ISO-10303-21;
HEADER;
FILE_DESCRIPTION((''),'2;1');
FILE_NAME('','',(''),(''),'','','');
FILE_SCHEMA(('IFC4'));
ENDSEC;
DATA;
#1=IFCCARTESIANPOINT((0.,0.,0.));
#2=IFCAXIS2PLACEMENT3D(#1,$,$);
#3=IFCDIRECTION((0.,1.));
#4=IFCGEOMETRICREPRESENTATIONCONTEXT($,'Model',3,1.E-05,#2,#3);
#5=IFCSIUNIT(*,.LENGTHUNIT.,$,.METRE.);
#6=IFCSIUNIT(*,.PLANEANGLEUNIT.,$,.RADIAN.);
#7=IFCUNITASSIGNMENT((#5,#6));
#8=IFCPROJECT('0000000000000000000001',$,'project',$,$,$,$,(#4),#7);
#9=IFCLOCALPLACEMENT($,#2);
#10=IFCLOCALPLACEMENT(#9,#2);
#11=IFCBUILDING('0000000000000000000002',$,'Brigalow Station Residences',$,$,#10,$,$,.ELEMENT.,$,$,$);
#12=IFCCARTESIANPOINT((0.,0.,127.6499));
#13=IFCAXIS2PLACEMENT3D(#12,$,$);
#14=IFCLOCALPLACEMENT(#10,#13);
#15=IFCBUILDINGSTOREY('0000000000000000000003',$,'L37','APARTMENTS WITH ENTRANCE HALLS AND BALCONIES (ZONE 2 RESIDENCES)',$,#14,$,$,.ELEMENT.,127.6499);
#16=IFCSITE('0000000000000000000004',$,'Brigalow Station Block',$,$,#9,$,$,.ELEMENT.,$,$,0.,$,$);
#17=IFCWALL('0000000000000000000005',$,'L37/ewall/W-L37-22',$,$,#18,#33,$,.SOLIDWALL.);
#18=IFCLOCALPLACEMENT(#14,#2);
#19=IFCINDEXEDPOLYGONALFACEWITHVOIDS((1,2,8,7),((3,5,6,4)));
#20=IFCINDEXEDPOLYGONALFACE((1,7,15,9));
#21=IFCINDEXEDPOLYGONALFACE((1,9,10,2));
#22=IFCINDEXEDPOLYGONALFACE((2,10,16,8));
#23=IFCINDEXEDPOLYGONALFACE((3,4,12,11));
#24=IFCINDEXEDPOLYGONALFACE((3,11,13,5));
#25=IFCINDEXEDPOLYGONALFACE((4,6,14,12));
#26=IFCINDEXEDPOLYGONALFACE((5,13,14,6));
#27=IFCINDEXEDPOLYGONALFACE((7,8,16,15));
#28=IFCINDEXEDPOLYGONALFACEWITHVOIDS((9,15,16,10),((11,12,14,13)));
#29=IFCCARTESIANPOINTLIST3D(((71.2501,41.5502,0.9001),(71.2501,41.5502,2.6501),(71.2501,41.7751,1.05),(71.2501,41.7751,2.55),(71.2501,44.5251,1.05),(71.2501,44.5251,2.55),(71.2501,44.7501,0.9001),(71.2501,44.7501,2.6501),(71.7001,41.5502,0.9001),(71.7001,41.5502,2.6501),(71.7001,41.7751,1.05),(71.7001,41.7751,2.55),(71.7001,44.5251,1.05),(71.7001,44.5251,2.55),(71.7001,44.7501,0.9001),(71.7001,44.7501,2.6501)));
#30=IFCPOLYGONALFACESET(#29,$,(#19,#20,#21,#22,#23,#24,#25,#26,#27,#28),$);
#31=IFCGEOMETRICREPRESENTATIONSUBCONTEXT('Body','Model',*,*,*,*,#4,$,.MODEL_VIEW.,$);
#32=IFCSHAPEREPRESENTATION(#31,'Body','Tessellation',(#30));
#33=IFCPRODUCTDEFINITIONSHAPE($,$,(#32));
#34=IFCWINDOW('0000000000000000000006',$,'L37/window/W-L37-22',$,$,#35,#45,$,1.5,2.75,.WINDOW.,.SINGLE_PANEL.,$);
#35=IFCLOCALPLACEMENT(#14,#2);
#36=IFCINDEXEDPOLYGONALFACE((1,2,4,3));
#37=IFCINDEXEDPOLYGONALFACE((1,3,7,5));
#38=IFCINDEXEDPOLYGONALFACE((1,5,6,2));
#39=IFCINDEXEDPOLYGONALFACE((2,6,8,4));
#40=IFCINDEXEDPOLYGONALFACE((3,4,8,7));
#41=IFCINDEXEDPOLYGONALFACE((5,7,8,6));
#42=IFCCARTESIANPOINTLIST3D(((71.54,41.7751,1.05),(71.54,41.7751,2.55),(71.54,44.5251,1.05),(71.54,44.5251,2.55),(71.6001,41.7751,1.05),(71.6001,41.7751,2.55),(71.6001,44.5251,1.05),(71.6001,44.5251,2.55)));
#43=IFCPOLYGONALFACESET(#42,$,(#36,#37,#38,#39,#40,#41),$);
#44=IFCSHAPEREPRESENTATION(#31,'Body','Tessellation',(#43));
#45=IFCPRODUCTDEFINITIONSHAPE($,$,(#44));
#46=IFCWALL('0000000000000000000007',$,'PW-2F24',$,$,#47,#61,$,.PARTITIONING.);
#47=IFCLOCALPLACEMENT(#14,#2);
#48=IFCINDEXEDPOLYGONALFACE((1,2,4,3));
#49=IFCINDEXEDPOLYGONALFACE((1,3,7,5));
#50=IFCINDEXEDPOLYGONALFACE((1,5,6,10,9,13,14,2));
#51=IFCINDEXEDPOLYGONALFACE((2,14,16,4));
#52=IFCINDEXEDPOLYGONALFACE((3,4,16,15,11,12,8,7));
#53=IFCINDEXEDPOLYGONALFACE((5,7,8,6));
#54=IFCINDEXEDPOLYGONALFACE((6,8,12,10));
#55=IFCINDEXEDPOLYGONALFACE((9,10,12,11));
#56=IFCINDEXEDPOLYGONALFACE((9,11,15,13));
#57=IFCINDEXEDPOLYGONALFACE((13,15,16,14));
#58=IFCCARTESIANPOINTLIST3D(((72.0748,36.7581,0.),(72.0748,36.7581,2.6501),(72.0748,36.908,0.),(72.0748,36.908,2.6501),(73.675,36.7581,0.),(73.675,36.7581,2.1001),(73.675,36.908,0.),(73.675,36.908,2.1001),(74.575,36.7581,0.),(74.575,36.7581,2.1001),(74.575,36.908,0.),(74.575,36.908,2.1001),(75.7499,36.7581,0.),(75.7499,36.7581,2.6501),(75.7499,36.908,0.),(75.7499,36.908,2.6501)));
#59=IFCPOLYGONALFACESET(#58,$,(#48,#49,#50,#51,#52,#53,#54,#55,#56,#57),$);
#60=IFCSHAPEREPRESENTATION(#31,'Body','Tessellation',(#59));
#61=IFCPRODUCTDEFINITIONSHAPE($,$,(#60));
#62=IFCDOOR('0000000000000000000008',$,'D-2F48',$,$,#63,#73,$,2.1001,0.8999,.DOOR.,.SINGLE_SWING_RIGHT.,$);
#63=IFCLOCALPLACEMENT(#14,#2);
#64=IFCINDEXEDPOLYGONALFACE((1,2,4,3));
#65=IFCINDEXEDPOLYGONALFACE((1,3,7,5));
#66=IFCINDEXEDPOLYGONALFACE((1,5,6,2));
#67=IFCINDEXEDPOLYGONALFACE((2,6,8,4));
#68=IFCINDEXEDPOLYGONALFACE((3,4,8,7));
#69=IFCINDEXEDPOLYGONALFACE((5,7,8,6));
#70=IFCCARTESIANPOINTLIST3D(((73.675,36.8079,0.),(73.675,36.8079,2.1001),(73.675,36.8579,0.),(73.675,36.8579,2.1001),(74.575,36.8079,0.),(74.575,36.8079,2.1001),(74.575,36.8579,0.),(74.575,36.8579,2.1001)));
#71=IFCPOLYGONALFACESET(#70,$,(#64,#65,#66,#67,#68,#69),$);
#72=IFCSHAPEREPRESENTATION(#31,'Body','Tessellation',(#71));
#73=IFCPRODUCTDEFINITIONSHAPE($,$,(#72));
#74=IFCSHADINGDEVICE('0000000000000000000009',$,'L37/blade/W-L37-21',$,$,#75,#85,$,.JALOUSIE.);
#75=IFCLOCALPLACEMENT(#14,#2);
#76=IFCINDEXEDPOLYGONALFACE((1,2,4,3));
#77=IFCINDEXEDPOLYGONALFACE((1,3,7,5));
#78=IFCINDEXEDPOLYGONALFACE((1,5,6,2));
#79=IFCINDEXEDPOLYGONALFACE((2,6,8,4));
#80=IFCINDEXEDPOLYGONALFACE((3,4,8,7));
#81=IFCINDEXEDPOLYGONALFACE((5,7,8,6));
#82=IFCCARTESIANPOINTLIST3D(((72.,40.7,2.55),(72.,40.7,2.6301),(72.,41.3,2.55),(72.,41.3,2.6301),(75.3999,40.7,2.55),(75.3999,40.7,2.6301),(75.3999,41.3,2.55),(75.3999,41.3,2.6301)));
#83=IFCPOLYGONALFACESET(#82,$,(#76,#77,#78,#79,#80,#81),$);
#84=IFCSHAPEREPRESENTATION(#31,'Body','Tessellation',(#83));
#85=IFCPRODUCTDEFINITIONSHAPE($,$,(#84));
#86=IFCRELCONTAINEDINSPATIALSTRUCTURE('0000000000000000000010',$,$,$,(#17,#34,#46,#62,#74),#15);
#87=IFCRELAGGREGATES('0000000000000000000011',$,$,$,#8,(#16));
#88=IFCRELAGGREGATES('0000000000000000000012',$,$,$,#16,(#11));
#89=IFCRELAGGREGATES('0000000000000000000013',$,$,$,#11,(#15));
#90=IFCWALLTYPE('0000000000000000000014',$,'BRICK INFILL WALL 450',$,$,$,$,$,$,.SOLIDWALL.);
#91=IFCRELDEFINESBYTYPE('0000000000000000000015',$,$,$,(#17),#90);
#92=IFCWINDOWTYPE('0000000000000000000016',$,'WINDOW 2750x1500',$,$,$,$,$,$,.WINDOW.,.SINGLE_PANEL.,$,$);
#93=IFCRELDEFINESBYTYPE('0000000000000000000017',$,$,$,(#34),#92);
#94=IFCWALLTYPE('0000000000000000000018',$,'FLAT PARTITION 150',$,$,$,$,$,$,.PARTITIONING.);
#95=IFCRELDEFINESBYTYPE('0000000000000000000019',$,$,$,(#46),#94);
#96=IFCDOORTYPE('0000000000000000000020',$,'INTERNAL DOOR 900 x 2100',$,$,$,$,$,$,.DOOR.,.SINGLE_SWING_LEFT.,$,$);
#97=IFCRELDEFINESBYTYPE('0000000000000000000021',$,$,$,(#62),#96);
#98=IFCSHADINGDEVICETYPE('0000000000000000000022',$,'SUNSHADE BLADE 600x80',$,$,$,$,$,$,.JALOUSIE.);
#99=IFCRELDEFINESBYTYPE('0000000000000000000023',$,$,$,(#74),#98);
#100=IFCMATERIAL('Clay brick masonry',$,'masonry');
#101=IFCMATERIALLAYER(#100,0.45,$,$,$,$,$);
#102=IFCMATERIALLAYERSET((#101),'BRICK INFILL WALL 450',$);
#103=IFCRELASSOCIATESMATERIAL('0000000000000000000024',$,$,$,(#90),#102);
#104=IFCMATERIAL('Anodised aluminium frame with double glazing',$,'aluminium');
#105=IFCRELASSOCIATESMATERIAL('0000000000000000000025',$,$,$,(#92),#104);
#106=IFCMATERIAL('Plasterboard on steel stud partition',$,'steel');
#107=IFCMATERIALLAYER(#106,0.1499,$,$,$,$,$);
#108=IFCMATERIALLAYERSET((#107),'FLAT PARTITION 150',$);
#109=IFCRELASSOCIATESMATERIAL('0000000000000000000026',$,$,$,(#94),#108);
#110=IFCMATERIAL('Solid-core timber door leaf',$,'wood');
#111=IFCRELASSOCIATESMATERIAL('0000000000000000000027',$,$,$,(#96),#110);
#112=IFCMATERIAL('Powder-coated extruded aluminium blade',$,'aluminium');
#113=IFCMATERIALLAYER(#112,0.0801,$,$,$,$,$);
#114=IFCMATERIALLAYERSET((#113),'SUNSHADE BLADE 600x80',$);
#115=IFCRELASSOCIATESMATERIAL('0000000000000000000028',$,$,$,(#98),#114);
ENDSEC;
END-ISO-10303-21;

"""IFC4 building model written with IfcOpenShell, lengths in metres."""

from ifc_helpers import new_model, si_unit, direction, frame, frame_2d, origin, origin_2d, place, context, subcontext, project, spatial, rectangle, extrude, material, layer, layer_set, type_object, element, fill, save


model = new_model("IFC4")

# Units and contexts
model_context = context("Model", 3, precision=1e-05, world=origin(), true_north=direction((0.0, 1.0)))
body_context = subcontext(model_context, "Body", "Model", "MODEL_VIEW")
ifc_project = project(units=[si_unit("LENGTHUNIT", "METRE"), si_unit("PLANEANGLEUNIT", "RADIAN")], contexts=[model_context])

# Site, building, storey
site_placement = place(None, origin())
site = spatial("IfcSite", under=ifc_project, at=site_placement, Name="Brigalow Station Block", CompositionType="ELEMENT", RefElevation=0.0)
building_placement = place(site_placement, origin())
building = spatial("IfcBuilding", under=site, at=building_placement, Name="Brigalow Station Residences", CompositionType="ELEMENT")
storey_placement = place(building_placement, frame((0.0, 0.0, 127.6499)))
storey = spatial("IfcBuildingStorey", under=building, at=storey_placement, Name="L37", Description="APARTMENTS WITH ENTRANCE HALLS AND BALCONIES (ZONE 2 RESIDENCES)", CompositionType="ELEMENT", Elevation=127.6499)

# Wall, opening, window
ifc_material_1 = material(Name="Clay brick masonry", Category="masonry")
ifc_layer_1 = layer(ifc_material_1, 0.45)
ifc_layer_set_1 = layer_set([ifc_layer_1], Name="BRICK INFILL WALL 450")
wall_type_1 = type_object("IfcWallType", Name="BRICK INFILL WALL 450", PredefinedType="SOLIDWALL", material=ifc_layer_set_1)
wall_1_placement = place(storey_placement, frame((71.4751, 41.55, 0.9001), z_axis=(0.0, 0.0, 1.0), x_axis=(0.0, 1.0, 0.0)))
wall_1 = element("IfcWall", 1, at=wall_1_placement, inside=storey, type_object=wall_type_1, Name="L37/ewall/W-L37-22", PredefinedType="SOLIDWALL", context=body_context, shape_type="SweptSolid", body=[
    extrude(rectangle(XDim=3.2, YDim=0.45, at=frame_2d((1.6001, 0.0))), origin(), (0.0, 0.0, 1.0), 1.75),
])
opening_1_placement = place(wall_1_placement, frame((0.2251, 0.0, 0.1499)))
opening_1 = element("IfcOpeningElement", 2, at=opening_1_placement, cuts=wall_1, PredefinedType="OPENING", context=body_context, shape_type="SweptSolid", body=[
    extrude(rectangle(XDim=2.75, YDim=1.5, at=frame_2d((1.375, 0.75))), frame((0.0, 0.2349, 0.0), z_axis=(0.0, -1.0, 0.0), x_axis=(1.0, 0.0, 0.0)), (0.0, 0.0, 1.0), 0.47),
])
ifc_material_2 = material(Name="Anodised aluminium frame with double glazing", Category="aluminium")
window_type_1 = type_object("IfcWindowType", Name="WINDOW 2750x1500", PartitioningType="SINGLE_PANEL", PredefinedType="WINDOW", material=ifc_material_2)
window_1_placement = place(opening_1_placement, origin())
window_1 = element("IfcWindow", 3, at=window_1_placement, inside=storey, type_object=window_type_1, Name="L37/window/W-L37-22", OverallHeight=1.5, OverallWidth=2.75, PartitioningType="SINGLE_PANEL", PredefinedType="WINDOW", context=body_context, shape_type="SweptSolid", body=[
    extrude(rectangle(XDim=2.75, YDim=1.5, at=frame_2d((1.375, 0.75))), frame((0.0, -0.0649, 0.0), z_axis=(0.0, -1.0, 0.0), x_axis=(1.0, 0.0, 0.0)), (0.0, 0.0, 1.0), 0.0601),
])
fill(opening_1, window_1)

# Wall, opening, door
ifc_material_3 = material(Name="Plasterboard on steel stud partition", Category="steel")
ifc_layer_2 = layer(ifc_material_3, 0.1499)
ifc_layer_set_2 = layer_set([ifc_layer_2], Name="FLAT PARTITION 150")
wall_type_2 = type_object("IfcWallType", Name="FLAT PARTITION 150", PredefinedType="PARTITIONING", material=ifc_layer_set_2)
wall_2_placement = place(storey_placement, frame((72.075, 36.833, 0.0), z_axis=(0.0, 0.0, 1.0), x_axis=(1.0, 0.0, 0.0)))
wall_2 = element("IfcWall", 4, at=wall_2_placement, inside=storey, type_object=wall_type_2, Name="PW-2F24", PredefinedType="PARTITIONING", context=body_context, shape_type="SweptSolid", body=[
    extrude(rectangle(XDim=3.675, YDim=0.1499, at=frame_2d((1.8374, 0.0))), origin(), (0.0, 0.0, 1.0), 2.6501),
])
opening_2_placement = place(wall_2_placement, frame((1.6001, 0.0, 0.0)))
opening_2 = element("IfcOpeningElement", 5, at=opening_2_placement, cuts=wall_2, PredefinedType="OPENING", context=body_context, shape_type="SweptSolid", body=[
    extrude(rectangle(XDim=0.8999, YDim=2.1001, at=frame_2d((0.45, 1.05))), frame((0.0, 0.085, 0.0), z_axis=(0.0, -1.0, 0.0), x_axis=(1.0, 0.0, 0.0)), (0.0, 0.0, 1.0), 0.1699),
])
ifc_material_4 = material(Name="Solid-core timber door leaf", Category="wood")
door_type = type_object("IfcDoorType", Name="INTERNAL DOOR 900 x 2100", OperationType="SINGLE_SWING_LEFT", PredefinedType="DOOR", material=ifc_material_4)
door_placement = place(opening_2_placement, origin())
door = element("IfcDoor", 6, at=door_placement, inside=storey, type_object=door_type, Name="D-2F48", OperationType="SINGLE_SWING_RIGHT", OverallHeight=2.1001, OverallWidth=0.8999, PredefinedType="DOOR", context=body_context, shape_type="SweptSolid", body=[
    extrude(rectangle(XDim=0.8999, YDim=2.1001, at=frame_2d((0.45, 1.05))), frame((0.0, 0.0249, 0.0), z_axis=(0.0, -1.0, 0.0), x_axis=(1.0, 0.0, 0.0)), (0.0, 0.0, 1.0), 0.05),
])
fill(opening_2, door)

# Shading device
ifc_material_5 = material(Name="Powder-coated extruded aluminium blade", Category="aluminium")
ifc_layer_3 = layer(ifc_material_5, 0.0801)
ifc_layer_set_3 = layer_set([ifc_layer_3], Name="SUNSHADE BLADE 600x80")
shading_device_type = type_object("IfcShadingDeviceType", Name="SUNSHADE BLADE 600x80", PredefinedType="JALOUSIE", material=ifc_layer_set_3)
shading_device_placement = place(storey_placement, frame((73.7, 41.0, 2.55), z_axis=(0.0, 0.0, 1.0), x_axis=(-1.0, 0.0, 0.0)))
element("IfcShadingDevice", 7, at=shading_device_placement, inside=storey, type_object=shading_device_type, Name="L37/blade/W-L37-21", PredefinedType="JALOUSIE", context=body_context, shape_type="SweptSolid", body=[
    extrude(rectangle(XDim=3.3999, YDim=0.6001, at=origin_2d()), origin(), (0.0, 0.0, 1.0), 0.0801),
])

save(model, "model.ifc")
